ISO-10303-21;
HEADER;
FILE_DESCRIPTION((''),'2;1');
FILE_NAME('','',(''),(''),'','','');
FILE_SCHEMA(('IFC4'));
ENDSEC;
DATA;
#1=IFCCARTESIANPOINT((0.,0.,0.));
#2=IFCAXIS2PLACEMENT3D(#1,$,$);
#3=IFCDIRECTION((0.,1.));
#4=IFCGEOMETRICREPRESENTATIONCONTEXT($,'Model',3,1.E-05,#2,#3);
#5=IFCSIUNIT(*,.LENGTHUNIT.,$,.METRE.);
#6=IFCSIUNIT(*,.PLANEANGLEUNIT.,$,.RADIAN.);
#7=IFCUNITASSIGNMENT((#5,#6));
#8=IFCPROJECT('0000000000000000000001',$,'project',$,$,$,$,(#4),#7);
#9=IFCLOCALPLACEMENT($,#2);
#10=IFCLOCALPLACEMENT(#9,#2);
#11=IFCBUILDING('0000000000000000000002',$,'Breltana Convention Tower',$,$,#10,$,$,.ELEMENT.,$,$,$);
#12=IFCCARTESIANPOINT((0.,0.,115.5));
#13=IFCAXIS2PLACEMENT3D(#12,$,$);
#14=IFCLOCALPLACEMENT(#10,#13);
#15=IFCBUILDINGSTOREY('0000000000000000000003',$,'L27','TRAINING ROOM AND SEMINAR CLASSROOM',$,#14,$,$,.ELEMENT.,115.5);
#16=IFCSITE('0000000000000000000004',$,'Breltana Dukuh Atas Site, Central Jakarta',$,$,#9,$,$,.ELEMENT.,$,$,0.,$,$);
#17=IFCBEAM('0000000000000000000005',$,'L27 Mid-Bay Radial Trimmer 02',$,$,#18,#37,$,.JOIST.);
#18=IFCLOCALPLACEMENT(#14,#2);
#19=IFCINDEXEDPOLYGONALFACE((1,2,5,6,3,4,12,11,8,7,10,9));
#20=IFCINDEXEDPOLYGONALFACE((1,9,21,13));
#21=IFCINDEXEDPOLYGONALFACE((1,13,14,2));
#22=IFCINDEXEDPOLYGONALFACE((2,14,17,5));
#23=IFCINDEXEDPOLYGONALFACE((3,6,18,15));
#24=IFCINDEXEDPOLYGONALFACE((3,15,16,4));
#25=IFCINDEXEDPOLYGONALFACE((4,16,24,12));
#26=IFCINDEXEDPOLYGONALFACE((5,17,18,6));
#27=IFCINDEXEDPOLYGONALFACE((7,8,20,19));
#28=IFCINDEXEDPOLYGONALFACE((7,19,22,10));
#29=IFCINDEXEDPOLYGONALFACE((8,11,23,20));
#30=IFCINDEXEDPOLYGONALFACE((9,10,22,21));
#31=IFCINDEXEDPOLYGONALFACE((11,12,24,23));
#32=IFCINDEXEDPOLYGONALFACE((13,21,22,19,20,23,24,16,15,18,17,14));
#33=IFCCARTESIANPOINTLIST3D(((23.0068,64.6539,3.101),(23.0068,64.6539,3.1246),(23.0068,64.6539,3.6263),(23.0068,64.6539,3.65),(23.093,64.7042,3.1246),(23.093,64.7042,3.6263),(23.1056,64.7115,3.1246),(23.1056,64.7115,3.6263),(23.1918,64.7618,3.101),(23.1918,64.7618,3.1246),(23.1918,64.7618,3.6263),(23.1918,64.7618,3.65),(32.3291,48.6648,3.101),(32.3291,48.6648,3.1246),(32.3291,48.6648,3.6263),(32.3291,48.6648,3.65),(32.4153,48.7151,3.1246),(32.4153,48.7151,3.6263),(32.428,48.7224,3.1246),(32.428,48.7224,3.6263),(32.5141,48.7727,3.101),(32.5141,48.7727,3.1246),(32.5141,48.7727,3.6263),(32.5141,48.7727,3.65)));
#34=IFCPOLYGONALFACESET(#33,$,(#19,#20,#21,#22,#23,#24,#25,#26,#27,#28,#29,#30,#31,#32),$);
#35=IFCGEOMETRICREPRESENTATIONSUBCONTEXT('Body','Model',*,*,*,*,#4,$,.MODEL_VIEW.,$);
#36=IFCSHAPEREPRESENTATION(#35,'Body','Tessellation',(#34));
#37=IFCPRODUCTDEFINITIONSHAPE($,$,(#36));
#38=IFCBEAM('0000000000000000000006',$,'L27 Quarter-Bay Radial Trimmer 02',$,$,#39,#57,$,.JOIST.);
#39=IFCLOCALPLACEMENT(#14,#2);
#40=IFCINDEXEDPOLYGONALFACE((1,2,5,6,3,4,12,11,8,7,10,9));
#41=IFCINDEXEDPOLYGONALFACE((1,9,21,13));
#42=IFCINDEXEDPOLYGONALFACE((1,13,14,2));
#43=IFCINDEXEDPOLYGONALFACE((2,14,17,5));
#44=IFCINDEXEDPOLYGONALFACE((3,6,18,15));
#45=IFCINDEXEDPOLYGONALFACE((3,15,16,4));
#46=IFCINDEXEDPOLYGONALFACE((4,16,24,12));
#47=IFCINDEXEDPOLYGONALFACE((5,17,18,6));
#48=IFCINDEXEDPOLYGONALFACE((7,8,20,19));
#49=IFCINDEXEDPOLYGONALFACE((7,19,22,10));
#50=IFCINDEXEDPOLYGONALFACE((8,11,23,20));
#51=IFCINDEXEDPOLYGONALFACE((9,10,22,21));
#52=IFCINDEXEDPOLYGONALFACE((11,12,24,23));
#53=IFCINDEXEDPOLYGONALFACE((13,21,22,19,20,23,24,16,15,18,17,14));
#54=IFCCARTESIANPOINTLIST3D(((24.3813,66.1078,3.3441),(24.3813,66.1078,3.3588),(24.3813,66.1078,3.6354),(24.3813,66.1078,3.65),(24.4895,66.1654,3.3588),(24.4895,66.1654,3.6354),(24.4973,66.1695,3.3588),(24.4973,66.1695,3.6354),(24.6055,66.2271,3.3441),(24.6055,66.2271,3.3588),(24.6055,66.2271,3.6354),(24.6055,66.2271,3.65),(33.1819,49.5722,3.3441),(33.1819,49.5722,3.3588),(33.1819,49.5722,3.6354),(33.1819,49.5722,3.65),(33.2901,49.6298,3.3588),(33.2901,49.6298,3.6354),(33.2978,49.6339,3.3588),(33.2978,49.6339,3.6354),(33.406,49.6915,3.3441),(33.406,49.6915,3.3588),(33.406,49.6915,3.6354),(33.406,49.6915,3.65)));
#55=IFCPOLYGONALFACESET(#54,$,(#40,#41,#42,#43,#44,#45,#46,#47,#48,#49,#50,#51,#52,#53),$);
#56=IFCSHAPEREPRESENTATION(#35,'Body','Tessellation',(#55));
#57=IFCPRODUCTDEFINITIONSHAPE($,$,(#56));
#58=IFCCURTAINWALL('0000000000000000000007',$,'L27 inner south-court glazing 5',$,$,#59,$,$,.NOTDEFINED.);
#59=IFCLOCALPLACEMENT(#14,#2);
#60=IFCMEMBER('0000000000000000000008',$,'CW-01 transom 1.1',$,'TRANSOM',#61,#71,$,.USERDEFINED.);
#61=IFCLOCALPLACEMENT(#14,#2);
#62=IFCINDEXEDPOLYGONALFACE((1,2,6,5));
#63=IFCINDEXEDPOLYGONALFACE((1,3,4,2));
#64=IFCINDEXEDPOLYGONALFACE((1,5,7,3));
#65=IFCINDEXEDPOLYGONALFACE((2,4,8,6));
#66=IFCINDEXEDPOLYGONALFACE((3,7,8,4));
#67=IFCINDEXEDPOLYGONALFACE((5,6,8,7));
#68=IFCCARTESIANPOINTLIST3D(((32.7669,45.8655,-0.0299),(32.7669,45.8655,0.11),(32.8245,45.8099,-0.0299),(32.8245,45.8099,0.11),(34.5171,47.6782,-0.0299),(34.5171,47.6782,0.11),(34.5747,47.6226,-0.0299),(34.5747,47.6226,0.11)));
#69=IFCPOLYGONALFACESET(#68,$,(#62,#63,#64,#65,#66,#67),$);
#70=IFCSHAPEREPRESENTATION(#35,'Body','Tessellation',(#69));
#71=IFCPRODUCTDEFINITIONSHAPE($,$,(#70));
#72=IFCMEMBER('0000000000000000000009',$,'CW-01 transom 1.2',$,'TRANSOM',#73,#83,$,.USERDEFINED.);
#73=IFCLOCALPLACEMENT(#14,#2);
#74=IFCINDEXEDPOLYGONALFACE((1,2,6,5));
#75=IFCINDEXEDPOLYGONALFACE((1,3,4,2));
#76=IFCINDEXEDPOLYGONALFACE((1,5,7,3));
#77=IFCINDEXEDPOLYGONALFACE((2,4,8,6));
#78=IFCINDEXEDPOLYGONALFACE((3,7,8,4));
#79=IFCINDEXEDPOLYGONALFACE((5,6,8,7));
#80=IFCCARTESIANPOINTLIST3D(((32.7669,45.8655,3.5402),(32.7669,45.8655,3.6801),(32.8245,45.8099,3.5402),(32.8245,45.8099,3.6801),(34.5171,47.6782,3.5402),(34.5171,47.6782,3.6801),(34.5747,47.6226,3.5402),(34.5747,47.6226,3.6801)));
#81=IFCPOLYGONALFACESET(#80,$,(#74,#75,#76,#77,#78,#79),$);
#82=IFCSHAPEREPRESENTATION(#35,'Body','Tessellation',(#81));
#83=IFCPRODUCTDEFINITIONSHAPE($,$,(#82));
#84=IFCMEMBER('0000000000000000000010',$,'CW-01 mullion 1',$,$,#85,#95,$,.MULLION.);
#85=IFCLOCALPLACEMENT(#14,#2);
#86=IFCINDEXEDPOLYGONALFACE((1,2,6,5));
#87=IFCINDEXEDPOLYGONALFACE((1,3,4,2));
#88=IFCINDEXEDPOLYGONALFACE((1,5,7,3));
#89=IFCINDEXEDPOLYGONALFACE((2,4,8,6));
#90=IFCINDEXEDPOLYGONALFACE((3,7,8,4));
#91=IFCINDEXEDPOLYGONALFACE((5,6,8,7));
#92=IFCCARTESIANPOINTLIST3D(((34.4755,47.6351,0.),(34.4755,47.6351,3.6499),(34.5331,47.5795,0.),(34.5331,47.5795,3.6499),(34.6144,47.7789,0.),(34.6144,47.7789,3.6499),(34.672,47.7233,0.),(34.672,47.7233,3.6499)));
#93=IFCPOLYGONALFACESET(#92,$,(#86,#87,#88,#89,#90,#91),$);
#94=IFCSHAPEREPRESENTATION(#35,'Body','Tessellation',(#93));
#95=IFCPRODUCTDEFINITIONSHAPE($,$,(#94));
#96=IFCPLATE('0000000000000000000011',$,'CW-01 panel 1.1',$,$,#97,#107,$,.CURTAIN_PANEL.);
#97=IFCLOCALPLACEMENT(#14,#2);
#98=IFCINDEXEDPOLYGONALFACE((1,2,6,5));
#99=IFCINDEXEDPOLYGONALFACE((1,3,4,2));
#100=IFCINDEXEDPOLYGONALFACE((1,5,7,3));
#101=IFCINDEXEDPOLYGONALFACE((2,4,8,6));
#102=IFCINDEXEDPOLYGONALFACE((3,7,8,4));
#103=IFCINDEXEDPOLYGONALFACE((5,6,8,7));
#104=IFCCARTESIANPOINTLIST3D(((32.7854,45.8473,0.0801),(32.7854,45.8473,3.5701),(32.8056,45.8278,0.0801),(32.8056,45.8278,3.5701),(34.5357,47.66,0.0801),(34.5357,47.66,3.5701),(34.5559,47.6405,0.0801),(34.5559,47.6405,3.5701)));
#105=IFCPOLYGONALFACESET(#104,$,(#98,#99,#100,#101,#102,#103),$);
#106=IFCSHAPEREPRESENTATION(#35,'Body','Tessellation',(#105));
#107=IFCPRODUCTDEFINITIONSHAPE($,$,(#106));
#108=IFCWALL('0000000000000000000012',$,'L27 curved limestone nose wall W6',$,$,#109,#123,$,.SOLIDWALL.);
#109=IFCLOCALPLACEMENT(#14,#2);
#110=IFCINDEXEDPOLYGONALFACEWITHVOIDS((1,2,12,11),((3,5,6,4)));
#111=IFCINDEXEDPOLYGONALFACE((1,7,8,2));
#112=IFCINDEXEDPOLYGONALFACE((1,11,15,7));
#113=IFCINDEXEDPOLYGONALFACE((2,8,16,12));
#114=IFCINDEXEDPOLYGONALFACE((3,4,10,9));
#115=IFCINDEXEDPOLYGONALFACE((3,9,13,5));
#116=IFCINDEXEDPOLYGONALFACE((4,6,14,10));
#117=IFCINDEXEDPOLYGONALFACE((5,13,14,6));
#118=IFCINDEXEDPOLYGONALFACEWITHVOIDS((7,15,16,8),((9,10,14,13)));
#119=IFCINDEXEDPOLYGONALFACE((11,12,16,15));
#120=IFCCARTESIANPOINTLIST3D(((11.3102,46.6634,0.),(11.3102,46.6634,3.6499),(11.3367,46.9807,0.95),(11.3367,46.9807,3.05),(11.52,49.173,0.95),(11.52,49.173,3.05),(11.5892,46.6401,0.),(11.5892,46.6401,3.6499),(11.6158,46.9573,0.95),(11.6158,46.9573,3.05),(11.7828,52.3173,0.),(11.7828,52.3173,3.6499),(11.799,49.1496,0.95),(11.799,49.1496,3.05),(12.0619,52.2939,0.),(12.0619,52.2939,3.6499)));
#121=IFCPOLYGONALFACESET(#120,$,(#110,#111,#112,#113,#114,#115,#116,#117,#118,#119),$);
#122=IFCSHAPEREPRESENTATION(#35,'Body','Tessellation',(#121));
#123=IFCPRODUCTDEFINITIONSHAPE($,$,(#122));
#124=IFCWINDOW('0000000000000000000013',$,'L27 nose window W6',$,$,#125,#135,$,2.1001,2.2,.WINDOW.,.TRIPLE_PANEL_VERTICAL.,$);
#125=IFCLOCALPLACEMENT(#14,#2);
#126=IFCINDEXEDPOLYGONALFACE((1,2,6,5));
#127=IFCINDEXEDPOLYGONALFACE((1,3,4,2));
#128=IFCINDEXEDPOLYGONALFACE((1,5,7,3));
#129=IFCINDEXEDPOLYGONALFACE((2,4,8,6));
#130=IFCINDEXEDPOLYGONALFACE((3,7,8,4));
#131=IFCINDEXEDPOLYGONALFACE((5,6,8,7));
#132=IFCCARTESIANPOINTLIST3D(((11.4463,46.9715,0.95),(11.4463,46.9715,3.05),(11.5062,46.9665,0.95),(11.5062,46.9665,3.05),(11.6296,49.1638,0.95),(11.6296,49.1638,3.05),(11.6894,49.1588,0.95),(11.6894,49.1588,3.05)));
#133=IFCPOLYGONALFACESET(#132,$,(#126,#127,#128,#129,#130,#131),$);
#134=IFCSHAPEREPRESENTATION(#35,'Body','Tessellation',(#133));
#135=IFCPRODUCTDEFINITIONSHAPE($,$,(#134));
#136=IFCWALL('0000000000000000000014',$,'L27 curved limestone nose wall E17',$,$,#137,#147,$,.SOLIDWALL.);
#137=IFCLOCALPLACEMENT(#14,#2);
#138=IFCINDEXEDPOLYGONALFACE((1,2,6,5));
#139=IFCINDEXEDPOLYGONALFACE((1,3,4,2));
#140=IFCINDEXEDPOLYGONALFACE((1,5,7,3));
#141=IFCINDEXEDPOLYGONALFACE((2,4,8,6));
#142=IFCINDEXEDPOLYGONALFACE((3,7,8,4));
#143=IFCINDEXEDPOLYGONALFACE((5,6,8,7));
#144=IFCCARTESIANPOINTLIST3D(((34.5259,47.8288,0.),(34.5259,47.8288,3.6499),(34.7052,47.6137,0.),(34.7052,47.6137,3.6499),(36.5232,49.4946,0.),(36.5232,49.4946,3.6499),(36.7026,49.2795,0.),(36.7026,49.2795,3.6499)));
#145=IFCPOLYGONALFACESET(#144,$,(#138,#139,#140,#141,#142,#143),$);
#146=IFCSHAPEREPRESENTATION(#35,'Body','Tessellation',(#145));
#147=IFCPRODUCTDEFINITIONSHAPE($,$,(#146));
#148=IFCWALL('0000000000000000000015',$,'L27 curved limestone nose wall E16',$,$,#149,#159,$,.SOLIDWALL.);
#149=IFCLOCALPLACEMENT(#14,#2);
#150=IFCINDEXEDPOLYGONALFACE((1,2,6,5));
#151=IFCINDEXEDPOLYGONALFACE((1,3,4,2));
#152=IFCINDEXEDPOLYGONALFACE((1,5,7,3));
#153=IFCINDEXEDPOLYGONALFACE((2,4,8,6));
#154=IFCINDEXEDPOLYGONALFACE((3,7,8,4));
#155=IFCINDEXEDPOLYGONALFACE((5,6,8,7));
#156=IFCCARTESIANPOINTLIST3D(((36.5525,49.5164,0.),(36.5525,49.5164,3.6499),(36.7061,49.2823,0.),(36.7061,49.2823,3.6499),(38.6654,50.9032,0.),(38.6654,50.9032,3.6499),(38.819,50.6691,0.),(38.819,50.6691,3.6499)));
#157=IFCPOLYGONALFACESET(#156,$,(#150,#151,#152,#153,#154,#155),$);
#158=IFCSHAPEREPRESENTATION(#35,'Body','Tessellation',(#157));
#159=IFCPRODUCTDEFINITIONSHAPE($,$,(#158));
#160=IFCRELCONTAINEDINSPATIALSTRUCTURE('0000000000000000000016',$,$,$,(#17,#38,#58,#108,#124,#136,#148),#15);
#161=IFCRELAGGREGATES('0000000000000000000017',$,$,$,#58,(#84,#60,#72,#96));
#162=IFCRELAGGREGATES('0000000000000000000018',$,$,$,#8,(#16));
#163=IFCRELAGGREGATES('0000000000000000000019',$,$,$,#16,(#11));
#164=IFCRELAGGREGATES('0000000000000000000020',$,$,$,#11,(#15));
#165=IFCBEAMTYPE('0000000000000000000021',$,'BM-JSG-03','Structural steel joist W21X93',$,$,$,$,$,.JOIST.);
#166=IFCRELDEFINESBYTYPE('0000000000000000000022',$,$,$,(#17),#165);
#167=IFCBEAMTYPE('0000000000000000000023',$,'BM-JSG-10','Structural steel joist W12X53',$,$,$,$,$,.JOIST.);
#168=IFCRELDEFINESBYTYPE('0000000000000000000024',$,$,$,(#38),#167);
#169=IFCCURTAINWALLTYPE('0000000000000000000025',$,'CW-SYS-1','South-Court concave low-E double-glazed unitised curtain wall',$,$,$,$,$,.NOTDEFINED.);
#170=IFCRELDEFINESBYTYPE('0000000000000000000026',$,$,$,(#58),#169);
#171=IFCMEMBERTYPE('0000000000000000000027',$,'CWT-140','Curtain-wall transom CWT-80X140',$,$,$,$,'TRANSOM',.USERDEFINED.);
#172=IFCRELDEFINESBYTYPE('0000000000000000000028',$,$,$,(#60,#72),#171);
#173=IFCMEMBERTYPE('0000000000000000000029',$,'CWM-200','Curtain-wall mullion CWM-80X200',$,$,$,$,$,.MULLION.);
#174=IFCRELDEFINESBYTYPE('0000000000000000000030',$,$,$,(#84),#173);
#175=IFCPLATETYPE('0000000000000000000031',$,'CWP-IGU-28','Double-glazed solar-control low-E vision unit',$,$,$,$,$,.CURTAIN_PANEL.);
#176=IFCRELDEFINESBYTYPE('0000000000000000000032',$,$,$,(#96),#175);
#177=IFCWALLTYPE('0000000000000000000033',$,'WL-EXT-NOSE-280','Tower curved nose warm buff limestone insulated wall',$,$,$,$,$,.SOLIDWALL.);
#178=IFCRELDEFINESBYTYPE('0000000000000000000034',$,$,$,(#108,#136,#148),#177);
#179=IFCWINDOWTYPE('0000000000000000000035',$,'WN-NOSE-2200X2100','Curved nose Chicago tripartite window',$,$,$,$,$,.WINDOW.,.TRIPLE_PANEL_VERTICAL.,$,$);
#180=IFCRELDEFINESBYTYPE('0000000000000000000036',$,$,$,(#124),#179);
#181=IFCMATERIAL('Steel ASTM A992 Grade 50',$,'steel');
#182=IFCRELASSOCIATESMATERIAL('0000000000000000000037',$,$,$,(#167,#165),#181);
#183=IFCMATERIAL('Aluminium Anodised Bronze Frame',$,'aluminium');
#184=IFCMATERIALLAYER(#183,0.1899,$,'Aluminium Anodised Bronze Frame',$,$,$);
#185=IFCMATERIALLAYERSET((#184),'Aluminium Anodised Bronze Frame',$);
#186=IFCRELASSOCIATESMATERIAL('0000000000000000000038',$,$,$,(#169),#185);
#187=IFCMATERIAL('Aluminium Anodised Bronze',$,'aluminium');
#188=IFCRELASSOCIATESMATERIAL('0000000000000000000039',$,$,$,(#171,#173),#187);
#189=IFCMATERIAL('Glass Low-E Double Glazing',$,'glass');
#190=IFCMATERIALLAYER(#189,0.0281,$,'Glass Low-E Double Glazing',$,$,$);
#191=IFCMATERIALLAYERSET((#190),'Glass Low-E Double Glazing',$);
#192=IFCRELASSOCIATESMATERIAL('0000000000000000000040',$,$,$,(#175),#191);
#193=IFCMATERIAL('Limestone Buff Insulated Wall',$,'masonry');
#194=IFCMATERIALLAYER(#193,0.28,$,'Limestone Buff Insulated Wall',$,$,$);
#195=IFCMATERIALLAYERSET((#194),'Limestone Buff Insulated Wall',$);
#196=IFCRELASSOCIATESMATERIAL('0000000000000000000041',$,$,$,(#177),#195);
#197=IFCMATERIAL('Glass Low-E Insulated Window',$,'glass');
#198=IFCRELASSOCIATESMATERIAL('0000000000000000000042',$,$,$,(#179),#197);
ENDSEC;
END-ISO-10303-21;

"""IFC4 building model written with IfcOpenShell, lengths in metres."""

from ifc_helpers import new_model, si_unit, direction, frame, frame_2d, origin, origin_2d, place, context, subcontext, project, spatial, rectangle, i_section, extrude, source, transform, mapped, material, layer, layer_set, material_profile, profile_set, type_object, type_shapes, element, fill, aggregate, save


model = new_model("IFC4")

# Units and contexts
model_context = context("Model", 3, precision=1e-05, world=origin(), true_north=direction((0.0, 1.0)))
body_context = subcontext(model_context, "Body", "Model", "MODEL_VIEW")
ifc_project = project(units=[si_unit("LENGTHUNIT", "METRE"), si_unit("PLANEANGLEUNIT", "RADIAN")], contexts=[model_context])

# Site, building, storey
site_placement = place(None, origin())
site = spatial("IfcSite", under=ifc_project, at=site_placement, Name="Breltana Dukuh Atas Site, Central Jakarta", CompositionType="ELEMENT", RefElevation=0.0)
building_placement = place(site_placement, origin())
building = spatial("IfcBuilding", under=site, at=building_placement, Name="Breltana Convention Tower", CompositionType="ELEMENT")
storey_placement = place(building_placement, frame((0.0, 0.0, 115.5)))
storey = spatial("IfcBuildingStorey", under=building, at=storey_placement, Name="L27", Description="TRAINING ROOM AND SEMINAR CLASSROOM", CompositionType="ELEMENT", Elevation=115.5)

# Beams
ifc_material_1 = material(Name="Steel ASTM A992 Grade 50", Category="steel")
ifc_material_profile_1 = material_profile(ifc_material_1, i_section(OverallWidth=0.2539, OverallDepth=0.3059, WebThickness=0.0088, FlangeThickness=0.0146, at=origin_2d()), Name="W12X53")
ifc_profile_set_1 = profile_set([ifc_material_profile_1], Name="Steel ASTM A992 Grade 50")
beam_type_1 = type_object("IfcBeamType", Name="BM-JSG-10", Description="Structural steel joist W12X53", PredefinedType="JOIST", material=ifc_profile_set_1)
ifc_material_profile_2 = material_profile(ifc_material_1, i_section(OverallWidth=0.2141, OverallDepth=0.5491, WebThickness=0.0146, FlangeThickness=0.0237, at=origin_2d()), Name="W21X93")
ifc_profile_set_2 = profile_set([ifc_material_profile_2], Name="Steel ASTM A992 Grade 50")
beam_type_2 = type_object("IfcBeamType", Name="BM-JSG-03", Description="Structural steel joist W21X93", PredefinedType="JOIST", material=ifc_profile_set_2)
shared_shape_1 = source(origin(), body_context, "Body", "SweptSolid", [
    extrude(i_section(OverallWidth=0.2141, OverallDepth=0.5491, WebThickness=0.0146, FlangeThickness=0.0237, at=origin_2d()), origin(), (0.0, 0.0, 1.0), 18.5083),
])
beam_1_placement = place(storey_placement, frame((32.4216, 48.7188, 3.3755), z_axis=(-0.503683, 0.863888, 0.0), x_axis=(-0.863888, -0.503683, 0.0)))
element("IfcBeam", 1, at=beam_1_placement, inside=storey, type_object=beam_type_2, Name="L27 Mid-Bay Radial Trimmer 02", PredefinedType="JOIST", context=body_context, shape_type="MappedRepresentation", body=[
    mapped(shared_shape_1, transform((0.0, 0.0, 0.0), scale=1.0)),
])
shared_shape_2 = source(origin(), body_context, "Body", "SweptSolid", [
    extrude(i_section(OverallWidth=0.2539, OverallDepth=0.3059, WebThickness=0.0088, FlangeThickness=0.0146, at=origin_2d()), origin(), (0.0, 0.0, 1.0), 18.7317),
])
beam_2_placement = place(storey_placement, frame((33.2939, 49.6318, 3.4971), z_axis=(-0.46982, 0.882762, 0.0), x_axis=(-0.882762, -0.46982, 0.0)))
element("IfcBeam", 2, at=beam_2_placement, inside=storey, type_object=beam_type_1, Name="L27 Quarter-Bay Radial Trimmer 02", PredefinedType="JOIST", context=body_context, shape_type="MappedRepresentation", body=[
    mapped(shared_shape_2, transform((0.0, 0.0, 0.0), scale=1.0)),
])

# Curtain wall, members, plate
ifc_material_2 = material(Name="Aluminium Anodised Bronze Frame", Category="aluminium")
ifc_layer_1 = layer(ifc_material_2, 0.1899, Name="Aluminium Anodised Bronze Frame")
ifc_layer_set_1 = layer_set([ifc_layer_1], Name="Aluminium Anodised Bronze Frame")
curtain_wall_type = type_object("IfcCurtainWallType", Name="CW-SYS-1", Description="South-Court concave low-E double-glazed unitised curtain wall", PredefinedType="NOTDEFINED", material=ifc_layer_set_1)
curtain_wall_placement = place(storey_placement, origin())
curtain_wall = element("IfcCurtainWall", 3, at=curtain_wall_placement, inside=storey, type_object=curtain_wall_type, Name="L27 inner south-court glazing 5", PredefinedType="NOTDEFINED")
ifc_material_3 = material(Name="Aluminium Anodised Bronze", Category="aluminium")
ifc_material_profile_3 = material_profile(ifc_material_3, rectangle(XDim=0.0801, YDim=0.1399, at=origin_2d()), Name="CWT-80X140")
ifc_profile_set_3 = profile_set([ifc_material_profile_3], Name="Aluminium Anodised Bronze")
member_type_1 = type_object("IfcMemberType", Name="CWT-140", Description="Curtain-wall transom CWT-80X140", ElementType="TRANSOM", PredefinedType="USERDEFINED", material=ifc_profile_set_3)
shared_shape_3 = source(origin(), body_context, "Body", "SweptSolid", [
    extrude(rectangle(XDim=0.0801, YDim=0.1399, at=origin_2d()), origin(), (0.0, 0.0, 1.0), 2.5198),
])
member_1_placement = place(storey_placement, frame((34.5459, 47.6504, 0.04), z_axis=(-0.694596, -0.7194, 0.0), x_axis=(0.7194, -0.694596, 0.0)))
member_1 = element("IfcMember", 4, at=member_1_placement, type_object=member_type_1, Name="CW-01 transom 1.1", ObjectType="TRANSOM", PredefinedType="USERDEFINED", context=body_context, shape_type="MappedRepresentation", body=[
    mapped(shared_shape_3, transform((0.0, 0.0, 0.0), scale=1.0)),
])
member_2_placement = place(storey_placement, frame((34.5459, 47.6504, 3.6101), z_axis=(-0.694596, -0.7194, 0.0), x_axis=(0.7194, -0.694596, 0.0)))
member_2 = element("IfcMember", 5, at=member_2_placement, type_object=member_type_1, Name="CW-01 transom 1.2", ObjectType="TRANSOM", PredefinedType="USERDEFINED", context=body_context, shape_type="MappedRepresentation", body=[
    mapped(shared_shape_3, transform((0.0, 0.0, 0.0), scale=1.0)),
])
ifc_material_profile_4 = material_profile(ifc_material_3, rectangle(XDim=0.0801, YDim=0.2, at=origin_2d()), Name="CWM-80X200")
ifc_profile_set_4 = profile_set([ifc_material_profile_4], Name="Aluminium Anodised Bronze")
member_type_2 = type_object("IfcMemberType", Name="CWM-200", Description="Curtain-wall mullion CWM-80X200", PredefinedType="MULLION", material=ifc_profile_set_4)
shared_shape_4 = source(origin(), body_context, "Body", "SweptSolid", [
    extrude(rectangle(XDim=0.0801, YDim=0.2, at=origin_2d()), origin(), (0.0, 0.0, 1.0), 3.6499),
])
member_3_placement = place(storey_placement, frame((34.5737, 47.6792, 0.0), z_axis=(0.0, 0.0, 1.0), x_axis=(0.719387, -0.694609, 0.0)))
member_3 = element("IfcMember", 6, at=member_3_placement, type_object=member_type_2, Name="CW-01 mullion 1", PredefinedType="MULLION", context=body_context, shape_type="MappedRepresentation", body=[
    mapped(shared_shape_4, transform((0.0, 0.0, 0.0), scale=1.0)),
])
ifc_material_4 = material(Name="Glass Low-E Double Glazing", Category="glass")
ifc_layer_2 = layer(ifc_material_4, 0.0281, Name="Glass Low-E Double Glazing")
ifc_layer_set_2 = layer_set([ifc_layer_2], Name="Glass Low-E Double Glazing")
plate_type = type_object("IfcPlateType", Name="CWP-IGU-28", Description="Double-glazed solar-control low-E vision unit", PredefinedType="CURTAIN_PANEL", material=ifc_layer_set_2)
shared_shape_5 = source(origin(), body_context, "Body", "SweptSolid", [
    extrude(rectangle(XDim=2.5198, YDim=0.0281, at=origin_2d()), origin(), (0.0, 0.0, 1.0), 3.49),
])
plate_placement = place(storey_placement, frame((33.6707, 46.7439, 0.0801), z_axis=(0.0, 0.0, 1.0), x_axis=(-0.694609, -0.719387, 0.0)))
plate = element("IfcPlate", 7, at=plate_placement, type_object=plate_type, Name="CW-01 panel 1.1", PredefinedType="CURTAIN_PANEL", context=body_context, shape_type="MappedRepresentation", body=[
    mapped(shared_shape_5, transform((0.0, 0.0, 0.0), scale=1.0)),
])
aggregate(curtain_wall, [member_3, member_1, member_2, plate])

# Wall, opening, window
ifc_material_5 = material(Name="Limestone Buff Insulated Wall", Category="masonry")
ifc_layer_3 = layer(ifc_material_5, 0.28, Name="Limestone Buff Insulated Wall")
ifc_layer_set_3 = layer_set([ifc_layer_3], Name="Limestone Buff Insulated Wall")
wall_type_1 = type_object("IfcWallType", Name="WL-EXT-NOSE-280", Description="Tower curved nose warm buff limestone insulated wall", PredefinedType="SOLIDWALL", material=ifc_layer_set_3)
shared_shape_6 = source(origin(), body_context, "Body", "SweptSolid", [
    extrude(rectangle(XDim=5.6736, YDim=0.28, at=frame_2d((2.8369, 0.0))), origin(), (0.0, 0.0, 1.0), 3.6499),
])
wall_1_placement = place(storey_placement, frame((11.4497, 46.6516, 0.0), z_axis=(0.0, 0.0, 1.0), x_axis=(0.083309, 0.996524, 0.0)))
wall_1 = element("IfcWall", 8, at=wall_1_placement, inside=storey, type_object=wall_type_1, Name="L27 curved limestone nose wall W6", PredefinedType="SOLIDWALL", context=body_context, shape_type="MappedRepresentation", body=[
    mapped(shared_shape_6, transform((0.0, 0.0, 0.0), scale=1.0)),
])
opening_placement = place(wall_1_placement, frame((0.3184, 0.0, 0.95)))
opening = element("IfcOpeningElement", 9, at=opening_placement, cuts=wall_1, PredefinedType="OPENING", context=body_context, shape_type="SweptSolid", body=[
    extrude(rectangle(XDim=2.2, YDim=2.1001, at=frame_2d((1.1001, 1.05))), frame((0.0, 0.1499, 0.0), z_axis=(0.0, -1.0, 0.0), x_axis=(1.0, 0.0, 0.0)), (0.0, 0.0, 1.0), 0.3),
])
ifc_material_6 = material(Name="Glass Low-E Insulated Window", Category="glass")
window_type = type_object("IfcWindowType", Name="WN-NOSE-2200X2100", Description="Curved nose Chicago tripartite window", PartitioningType="TRIPLE_PANEL_VERTICAL", PredefinedType="WINDOW", material=ifc_material_6)
shared_shape_7 = source(origin(), body_context, "Body", "SweptSolid", [
    extrude(rectangle(XDim=2.2, YDim=2.1001, at=frame_2d((1.1001, 1.05))), frame((0.0, 0.03, 0.0), z_axis=(0.0, -1.0, 0.0), x_axis=(1.0, 0.0, 0.0)), (0.0, 0.0, 1.0), 0.0601),
])
type_shapes(window_type, [shared_shape_7])
window_placement = place(opening_placement, origin())
window = element("IfcWindow", 10, at=window_placement, inside=storey, type_object=window_type, Name="L27 nose window W6", OverallHeight=2.1001, OverallWidth=2.2, PartitioningType="TRIPLE_PANEL_VERTICAL", PredefinedType="WINDOW", context=body_context, shape_type="MappedRepresentation", body=[
    mapped(shared_shape_7, transform((0.0, 0.0, 0.0), scale=1.0)),
])
fill(opening, window)

# Walls
shared_shape_8 = source(origin(), body_context, "Body", "SweptSolid", [
    extrude(rectangle(XDim=2.6008, YDim=0.28, at=frame_2d((1.3003, 0.0))), origin(), (0.0, 0.0, 1.0), 3.6499),
])
wall_2_placement = place(storey_placement, frame((36.6128, 49.387, 0.0), z_axis=(0.0, 0.0, 1.0), x_axis=(-0.767967, -0.640489, 0.0)))
element("IfcWall", 11, at=wall_2_placement, inside=storey, type_object=wall_type_1, Name="L27 curved limestone nose wall E17", PredefinedType="SOLIDWALL", context=body_context, shape_type="MappedRepresentation", body=[
    mapped(shared_shape_8, transform((0.0, 0.0, 0.0), scale=1.0)),
])
shared_shape_9 = source(origin(), body_context, "Body", "SweptSolid", [
    extrude(rectangle(XDim=2.5273, YDim=0.28, at=frame_2d((1.2637, 0.0))), origin(), (0.0, 0.0, 1.0), 3.6499),
])
wall_3_placement = place(storey_placement, frame((38.7422, 50.7861, 0.0), z_axis=(0.0, 0.0, 1.0), x_axis=(-0.836012, -0.548711, 0.0)))
element("IfcWall", 12, at=wall_3_placement, inside=storey, type_object=wall_type_1, Name="L27 curved limestone nose wall E16", PredefinedType="SOLIDWALL", context=body_context, shape_type="MappedRepresentation", body=[
    mapped(shared_shape_9, transform((0.0, 0.0, 0.0), scale=1.0)),
])

save(model, "model.ifc")
